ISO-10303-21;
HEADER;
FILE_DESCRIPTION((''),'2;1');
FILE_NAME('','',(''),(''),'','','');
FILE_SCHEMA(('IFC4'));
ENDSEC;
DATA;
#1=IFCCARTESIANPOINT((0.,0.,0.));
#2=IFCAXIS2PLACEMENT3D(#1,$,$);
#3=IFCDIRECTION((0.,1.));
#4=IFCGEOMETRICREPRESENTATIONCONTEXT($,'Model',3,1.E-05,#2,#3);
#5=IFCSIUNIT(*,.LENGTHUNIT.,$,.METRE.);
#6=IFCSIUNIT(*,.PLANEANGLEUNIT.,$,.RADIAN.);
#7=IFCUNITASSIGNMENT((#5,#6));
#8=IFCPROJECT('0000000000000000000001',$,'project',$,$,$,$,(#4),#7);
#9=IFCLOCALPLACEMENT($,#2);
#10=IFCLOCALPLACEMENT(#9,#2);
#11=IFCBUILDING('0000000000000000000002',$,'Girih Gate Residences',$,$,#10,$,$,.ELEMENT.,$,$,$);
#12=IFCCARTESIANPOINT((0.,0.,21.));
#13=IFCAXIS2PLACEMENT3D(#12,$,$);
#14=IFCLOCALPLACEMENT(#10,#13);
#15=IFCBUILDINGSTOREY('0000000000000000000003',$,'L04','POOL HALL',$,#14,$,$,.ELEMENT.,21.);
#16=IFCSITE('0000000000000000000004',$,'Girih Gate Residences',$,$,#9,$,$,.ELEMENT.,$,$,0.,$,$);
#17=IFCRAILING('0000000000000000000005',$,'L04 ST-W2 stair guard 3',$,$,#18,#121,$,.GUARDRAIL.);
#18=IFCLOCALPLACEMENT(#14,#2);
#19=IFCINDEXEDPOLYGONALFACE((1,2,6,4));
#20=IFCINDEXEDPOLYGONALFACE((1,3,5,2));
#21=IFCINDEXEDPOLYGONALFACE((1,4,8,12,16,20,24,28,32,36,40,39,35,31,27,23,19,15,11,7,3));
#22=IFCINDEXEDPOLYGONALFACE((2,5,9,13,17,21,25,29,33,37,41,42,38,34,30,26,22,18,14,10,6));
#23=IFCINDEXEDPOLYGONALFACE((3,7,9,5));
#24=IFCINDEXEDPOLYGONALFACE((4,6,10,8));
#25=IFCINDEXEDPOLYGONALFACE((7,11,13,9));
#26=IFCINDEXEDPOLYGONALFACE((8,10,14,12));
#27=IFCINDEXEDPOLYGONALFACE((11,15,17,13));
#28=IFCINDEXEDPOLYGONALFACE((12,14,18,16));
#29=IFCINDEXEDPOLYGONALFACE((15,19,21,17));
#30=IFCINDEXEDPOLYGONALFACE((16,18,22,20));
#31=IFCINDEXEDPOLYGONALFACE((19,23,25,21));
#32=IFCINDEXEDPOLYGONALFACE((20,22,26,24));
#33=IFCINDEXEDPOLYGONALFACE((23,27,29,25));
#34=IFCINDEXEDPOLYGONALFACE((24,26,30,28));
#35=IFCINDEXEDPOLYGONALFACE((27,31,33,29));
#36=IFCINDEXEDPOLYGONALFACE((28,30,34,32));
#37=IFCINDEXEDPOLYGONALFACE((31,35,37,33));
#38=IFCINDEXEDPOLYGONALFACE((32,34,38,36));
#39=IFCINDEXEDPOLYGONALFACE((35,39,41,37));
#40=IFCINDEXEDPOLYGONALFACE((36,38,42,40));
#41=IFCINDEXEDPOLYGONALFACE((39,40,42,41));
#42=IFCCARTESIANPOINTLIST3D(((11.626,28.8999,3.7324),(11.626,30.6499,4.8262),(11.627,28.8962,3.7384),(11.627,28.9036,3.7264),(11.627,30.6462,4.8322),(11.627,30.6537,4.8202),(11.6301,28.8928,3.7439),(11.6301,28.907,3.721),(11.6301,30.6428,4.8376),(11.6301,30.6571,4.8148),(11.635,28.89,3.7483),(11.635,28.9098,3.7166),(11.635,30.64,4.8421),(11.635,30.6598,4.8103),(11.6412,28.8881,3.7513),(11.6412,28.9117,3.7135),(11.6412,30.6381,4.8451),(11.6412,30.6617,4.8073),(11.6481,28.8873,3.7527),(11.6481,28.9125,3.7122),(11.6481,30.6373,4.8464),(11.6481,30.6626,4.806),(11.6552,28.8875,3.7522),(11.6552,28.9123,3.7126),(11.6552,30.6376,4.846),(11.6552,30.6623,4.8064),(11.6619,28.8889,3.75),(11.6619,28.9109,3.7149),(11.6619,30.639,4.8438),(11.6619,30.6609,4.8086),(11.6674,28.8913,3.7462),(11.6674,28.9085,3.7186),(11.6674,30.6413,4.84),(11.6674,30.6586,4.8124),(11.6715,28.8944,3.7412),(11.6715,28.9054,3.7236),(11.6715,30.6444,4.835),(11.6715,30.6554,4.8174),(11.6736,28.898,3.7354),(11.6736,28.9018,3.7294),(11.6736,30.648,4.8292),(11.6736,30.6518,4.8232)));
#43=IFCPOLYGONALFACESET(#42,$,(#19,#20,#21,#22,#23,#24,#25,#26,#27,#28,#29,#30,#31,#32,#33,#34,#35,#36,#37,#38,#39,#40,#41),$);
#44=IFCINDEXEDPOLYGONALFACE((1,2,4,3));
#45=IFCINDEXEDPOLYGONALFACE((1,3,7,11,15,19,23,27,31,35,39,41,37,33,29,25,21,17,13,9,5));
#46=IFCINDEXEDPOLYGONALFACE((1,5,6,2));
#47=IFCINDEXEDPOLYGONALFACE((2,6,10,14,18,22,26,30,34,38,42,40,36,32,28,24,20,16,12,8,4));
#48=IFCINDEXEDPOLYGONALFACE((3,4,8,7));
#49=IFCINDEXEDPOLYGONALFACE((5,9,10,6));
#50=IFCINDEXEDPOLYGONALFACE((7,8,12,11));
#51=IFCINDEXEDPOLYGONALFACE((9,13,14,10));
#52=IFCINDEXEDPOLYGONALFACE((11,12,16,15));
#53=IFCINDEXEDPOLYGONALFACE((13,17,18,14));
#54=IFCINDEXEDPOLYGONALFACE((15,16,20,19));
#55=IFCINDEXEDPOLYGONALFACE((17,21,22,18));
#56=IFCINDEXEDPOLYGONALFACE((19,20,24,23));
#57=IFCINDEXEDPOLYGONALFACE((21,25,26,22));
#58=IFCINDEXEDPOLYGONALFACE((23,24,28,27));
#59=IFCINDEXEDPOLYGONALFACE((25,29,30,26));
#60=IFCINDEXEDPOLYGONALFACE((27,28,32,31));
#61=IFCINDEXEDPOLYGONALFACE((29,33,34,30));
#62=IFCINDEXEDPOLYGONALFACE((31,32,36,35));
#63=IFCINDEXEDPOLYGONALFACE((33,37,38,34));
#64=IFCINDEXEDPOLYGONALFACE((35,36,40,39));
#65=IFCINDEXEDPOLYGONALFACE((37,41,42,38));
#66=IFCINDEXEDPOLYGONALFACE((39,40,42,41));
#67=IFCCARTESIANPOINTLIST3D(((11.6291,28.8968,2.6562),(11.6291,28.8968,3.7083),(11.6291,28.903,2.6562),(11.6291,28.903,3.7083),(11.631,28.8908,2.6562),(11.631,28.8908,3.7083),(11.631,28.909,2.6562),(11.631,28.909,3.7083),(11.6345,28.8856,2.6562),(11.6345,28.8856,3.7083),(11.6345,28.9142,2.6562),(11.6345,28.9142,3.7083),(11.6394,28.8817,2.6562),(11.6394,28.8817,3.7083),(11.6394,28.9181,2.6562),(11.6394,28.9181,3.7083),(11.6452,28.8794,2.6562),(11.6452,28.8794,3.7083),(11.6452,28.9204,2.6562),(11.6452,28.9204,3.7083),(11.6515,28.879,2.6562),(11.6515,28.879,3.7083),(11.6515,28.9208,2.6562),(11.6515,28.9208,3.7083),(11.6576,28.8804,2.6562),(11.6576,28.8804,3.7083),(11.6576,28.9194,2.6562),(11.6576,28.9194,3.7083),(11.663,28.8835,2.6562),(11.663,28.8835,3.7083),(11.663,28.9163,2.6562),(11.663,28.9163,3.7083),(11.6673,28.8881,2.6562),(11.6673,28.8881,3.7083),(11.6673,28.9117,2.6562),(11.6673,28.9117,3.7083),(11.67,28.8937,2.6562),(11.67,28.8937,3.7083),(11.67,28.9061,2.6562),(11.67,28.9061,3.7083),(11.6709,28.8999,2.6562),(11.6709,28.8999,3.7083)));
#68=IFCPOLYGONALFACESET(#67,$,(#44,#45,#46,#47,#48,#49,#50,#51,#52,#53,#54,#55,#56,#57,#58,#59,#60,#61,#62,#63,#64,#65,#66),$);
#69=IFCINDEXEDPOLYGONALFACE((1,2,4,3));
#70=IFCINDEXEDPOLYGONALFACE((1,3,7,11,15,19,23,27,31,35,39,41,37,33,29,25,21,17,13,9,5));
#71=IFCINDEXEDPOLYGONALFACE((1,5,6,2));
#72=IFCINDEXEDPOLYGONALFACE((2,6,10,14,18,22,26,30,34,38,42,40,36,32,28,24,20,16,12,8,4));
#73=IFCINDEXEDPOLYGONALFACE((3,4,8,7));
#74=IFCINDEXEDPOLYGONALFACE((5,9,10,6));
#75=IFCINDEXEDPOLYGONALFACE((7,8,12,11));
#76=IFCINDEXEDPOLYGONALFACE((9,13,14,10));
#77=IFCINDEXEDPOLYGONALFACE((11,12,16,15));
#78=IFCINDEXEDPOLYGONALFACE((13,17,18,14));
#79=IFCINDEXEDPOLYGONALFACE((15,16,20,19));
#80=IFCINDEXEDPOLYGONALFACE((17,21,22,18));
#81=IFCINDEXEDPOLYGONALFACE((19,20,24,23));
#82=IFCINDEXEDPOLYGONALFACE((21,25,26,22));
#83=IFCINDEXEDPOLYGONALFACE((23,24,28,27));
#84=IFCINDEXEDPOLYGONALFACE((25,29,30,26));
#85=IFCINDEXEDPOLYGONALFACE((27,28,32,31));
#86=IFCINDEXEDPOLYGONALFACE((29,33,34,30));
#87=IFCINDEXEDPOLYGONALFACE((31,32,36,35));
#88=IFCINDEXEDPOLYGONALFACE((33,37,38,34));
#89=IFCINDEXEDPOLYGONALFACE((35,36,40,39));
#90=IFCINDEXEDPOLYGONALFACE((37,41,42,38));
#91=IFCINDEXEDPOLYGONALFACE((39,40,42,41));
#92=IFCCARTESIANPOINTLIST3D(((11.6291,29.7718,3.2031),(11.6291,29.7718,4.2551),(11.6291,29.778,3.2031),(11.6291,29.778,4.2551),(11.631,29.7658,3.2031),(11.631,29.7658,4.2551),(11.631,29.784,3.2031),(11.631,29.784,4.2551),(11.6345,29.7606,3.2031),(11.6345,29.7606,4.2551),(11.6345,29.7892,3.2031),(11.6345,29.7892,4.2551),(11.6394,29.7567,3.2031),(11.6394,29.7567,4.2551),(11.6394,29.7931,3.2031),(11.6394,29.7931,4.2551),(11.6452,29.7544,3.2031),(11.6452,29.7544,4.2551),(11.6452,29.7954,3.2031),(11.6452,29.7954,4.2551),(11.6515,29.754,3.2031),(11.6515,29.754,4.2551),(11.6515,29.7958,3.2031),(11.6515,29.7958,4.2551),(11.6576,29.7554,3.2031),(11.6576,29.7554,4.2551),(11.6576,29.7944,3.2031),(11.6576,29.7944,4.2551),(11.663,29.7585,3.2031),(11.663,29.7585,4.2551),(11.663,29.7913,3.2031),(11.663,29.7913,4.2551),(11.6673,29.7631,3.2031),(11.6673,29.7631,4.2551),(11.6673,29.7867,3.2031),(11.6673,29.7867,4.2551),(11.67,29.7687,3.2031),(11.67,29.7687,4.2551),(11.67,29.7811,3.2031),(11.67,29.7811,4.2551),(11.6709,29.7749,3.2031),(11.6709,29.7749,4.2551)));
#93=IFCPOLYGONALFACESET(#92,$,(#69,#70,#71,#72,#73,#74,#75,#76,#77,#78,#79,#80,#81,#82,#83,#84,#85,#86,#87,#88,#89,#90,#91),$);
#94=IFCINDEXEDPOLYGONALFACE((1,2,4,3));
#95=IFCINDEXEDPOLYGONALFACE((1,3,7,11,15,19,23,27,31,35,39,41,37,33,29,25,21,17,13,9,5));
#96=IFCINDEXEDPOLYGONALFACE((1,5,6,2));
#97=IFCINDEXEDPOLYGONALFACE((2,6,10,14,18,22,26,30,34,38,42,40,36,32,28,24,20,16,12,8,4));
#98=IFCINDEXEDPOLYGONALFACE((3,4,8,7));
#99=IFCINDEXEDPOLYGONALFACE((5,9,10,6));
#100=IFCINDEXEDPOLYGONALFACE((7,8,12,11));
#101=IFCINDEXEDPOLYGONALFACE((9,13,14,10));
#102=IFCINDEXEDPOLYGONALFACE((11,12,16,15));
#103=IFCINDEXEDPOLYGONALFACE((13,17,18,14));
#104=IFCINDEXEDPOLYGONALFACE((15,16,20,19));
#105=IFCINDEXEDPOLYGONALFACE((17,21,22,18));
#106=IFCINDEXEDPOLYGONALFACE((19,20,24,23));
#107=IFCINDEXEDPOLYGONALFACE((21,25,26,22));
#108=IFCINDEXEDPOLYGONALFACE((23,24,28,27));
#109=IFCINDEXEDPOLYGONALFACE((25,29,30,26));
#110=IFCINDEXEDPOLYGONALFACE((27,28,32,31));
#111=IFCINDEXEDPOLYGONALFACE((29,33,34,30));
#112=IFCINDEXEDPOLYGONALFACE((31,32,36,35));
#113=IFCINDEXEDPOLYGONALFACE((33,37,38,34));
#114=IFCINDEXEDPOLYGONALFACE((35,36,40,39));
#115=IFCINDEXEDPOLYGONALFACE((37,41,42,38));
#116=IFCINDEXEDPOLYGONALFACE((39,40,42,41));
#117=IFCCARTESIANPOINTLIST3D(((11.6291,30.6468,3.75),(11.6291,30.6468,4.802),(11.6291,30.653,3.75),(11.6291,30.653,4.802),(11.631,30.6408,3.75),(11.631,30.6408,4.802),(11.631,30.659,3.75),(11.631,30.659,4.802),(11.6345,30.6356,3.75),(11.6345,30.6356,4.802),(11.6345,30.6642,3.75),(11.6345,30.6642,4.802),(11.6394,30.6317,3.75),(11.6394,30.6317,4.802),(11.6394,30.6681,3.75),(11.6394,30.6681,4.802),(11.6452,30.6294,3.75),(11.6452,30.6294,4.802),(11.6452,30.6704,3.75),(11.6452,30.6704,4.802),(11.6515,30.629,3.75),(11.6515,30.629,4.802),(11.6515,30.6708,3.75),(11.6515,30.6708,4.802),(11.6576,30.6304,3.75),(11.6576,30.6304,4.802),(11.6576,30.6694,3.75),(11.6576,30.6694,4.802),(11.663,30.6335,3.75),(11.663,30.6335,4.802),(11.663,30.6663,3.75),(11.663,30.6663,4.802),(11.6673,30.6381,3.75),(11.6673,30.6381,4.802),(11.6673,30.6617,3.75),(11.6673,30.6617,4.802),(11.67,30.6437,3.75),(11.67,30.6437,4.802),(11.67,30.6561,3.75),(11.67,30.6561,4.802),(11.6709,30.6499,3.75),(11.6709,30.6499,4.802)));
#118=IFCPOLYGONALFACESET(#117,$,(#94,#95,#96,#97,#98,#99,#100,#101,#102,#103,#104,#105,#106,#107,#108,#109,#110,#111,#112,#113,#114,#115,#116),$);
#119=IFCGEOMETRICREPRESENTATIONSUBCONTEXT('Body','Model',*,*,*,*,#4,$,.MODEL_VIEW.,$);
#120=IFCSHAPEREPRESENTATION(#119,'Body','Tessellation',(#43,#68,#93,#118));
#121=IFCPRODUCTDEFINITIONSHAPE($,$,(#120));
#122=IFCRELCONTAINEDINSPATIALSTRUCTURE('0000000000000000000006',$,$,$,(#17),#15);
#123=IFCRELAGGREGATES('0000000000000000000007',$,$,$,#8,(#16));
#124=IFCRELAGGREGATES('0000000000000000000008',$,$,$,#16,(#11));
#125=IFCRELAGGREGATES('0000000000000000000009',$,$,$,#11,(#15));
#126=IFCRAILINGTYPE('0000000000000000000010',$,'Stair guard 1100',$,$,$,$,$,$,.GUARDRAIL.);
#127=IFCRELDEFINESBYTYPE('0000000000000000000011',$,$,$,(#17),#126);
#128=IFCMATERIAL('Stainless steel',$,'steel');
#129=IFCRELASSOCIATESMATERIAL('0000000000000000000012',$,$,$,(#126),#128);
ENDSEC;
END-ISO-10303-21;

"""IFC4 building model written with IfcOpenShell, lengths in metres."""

from ifc_helpers import new_model, si_unit, direction, frame, origin, origin_2d, place, context, subcontext, project, spatial, circle, extrude, material, type_object, element, save


model = new_model("IFC4")

# Units and contexts
model_context = context("Model", 3, precision=1e-05, world=origin(), true_north=direction((0.0, 1.0)))
body_context = subcontext(model_context, "Body", "Model", "MODEL_VIEW")
ifc_project = project(units=[si_unit("LENGTHUNIT", "METRE"), si_unit("PLANEANGLEUNIT", "RADIAN")], contexts=[model_context])

# Site, building, storey
site_placement = place(None, origin())
site = spatial("IfcSite", under=ifc_project, at=site_placement, Name="Girih Gate Residences", CompositionType="ELEMENT", RefElevation=0.0)
building_placement = place(site_placement, origin())
building = spatial("IfcBuilding", under=site, at=building_placement, Name="Girih Gate Residences", CompositionType="ELEMENT")
storey_placement = place(building_placement, frame((0.0, 0.0, 21.0)))
storey = spatial("IfcBuildingStorey", under=building, at=storey_placement, Name="L04", Description="POOL HALL", CompositionType="ELEMENT", Elevation=21.0)

# Railing
ifc_material_1 = material(Name="Stainless steel", Category="steel")
railing_type_1 = type_object("IfcRailingType", Name="Stair guard 1100", PredefinedType="GUARDRAIL", material=ifc_material_1)
railing_1_placement = place(storey_placement, frame((11.6499, 28.8999, 2.6562)))
element("IfcRailing", 1, at=railing_1_placement, inside=storey, type_object=railing_type_1, Name="L04 ST-W2 stair guard 3", PredefinedType="GUARDRAIL", context=body_context, shape_type="SweptSolid", body=[
    extrude(circle(Radius=0.0239, at=origin_2d()), frame((0.0, 0.0, 1.0762), z_axis=(0.0, 0.847998, 0.529999), x_axis=(-1.0, 0.0, 0.0)), (0.0, 0.0, 1.0), 2.0637),
    extrude(circle(Radius=0.021, at=origin_2d()), origin(), (0.0, 0.0, 1.0), 1.052),
    extrude(circle(Radius=0.021, at=origin_2d()), frame((0.0, 0.875, 0.5469)), (0.0, 0.0, 1.0), 1.052),
    extrude(circle(Radius=0.021, at=origin_2d()), frame((0.0, 1.75, 1.0938)), (0.0, 0.0, 1.0), 1.052),
])

save(model, "model.ifc")
